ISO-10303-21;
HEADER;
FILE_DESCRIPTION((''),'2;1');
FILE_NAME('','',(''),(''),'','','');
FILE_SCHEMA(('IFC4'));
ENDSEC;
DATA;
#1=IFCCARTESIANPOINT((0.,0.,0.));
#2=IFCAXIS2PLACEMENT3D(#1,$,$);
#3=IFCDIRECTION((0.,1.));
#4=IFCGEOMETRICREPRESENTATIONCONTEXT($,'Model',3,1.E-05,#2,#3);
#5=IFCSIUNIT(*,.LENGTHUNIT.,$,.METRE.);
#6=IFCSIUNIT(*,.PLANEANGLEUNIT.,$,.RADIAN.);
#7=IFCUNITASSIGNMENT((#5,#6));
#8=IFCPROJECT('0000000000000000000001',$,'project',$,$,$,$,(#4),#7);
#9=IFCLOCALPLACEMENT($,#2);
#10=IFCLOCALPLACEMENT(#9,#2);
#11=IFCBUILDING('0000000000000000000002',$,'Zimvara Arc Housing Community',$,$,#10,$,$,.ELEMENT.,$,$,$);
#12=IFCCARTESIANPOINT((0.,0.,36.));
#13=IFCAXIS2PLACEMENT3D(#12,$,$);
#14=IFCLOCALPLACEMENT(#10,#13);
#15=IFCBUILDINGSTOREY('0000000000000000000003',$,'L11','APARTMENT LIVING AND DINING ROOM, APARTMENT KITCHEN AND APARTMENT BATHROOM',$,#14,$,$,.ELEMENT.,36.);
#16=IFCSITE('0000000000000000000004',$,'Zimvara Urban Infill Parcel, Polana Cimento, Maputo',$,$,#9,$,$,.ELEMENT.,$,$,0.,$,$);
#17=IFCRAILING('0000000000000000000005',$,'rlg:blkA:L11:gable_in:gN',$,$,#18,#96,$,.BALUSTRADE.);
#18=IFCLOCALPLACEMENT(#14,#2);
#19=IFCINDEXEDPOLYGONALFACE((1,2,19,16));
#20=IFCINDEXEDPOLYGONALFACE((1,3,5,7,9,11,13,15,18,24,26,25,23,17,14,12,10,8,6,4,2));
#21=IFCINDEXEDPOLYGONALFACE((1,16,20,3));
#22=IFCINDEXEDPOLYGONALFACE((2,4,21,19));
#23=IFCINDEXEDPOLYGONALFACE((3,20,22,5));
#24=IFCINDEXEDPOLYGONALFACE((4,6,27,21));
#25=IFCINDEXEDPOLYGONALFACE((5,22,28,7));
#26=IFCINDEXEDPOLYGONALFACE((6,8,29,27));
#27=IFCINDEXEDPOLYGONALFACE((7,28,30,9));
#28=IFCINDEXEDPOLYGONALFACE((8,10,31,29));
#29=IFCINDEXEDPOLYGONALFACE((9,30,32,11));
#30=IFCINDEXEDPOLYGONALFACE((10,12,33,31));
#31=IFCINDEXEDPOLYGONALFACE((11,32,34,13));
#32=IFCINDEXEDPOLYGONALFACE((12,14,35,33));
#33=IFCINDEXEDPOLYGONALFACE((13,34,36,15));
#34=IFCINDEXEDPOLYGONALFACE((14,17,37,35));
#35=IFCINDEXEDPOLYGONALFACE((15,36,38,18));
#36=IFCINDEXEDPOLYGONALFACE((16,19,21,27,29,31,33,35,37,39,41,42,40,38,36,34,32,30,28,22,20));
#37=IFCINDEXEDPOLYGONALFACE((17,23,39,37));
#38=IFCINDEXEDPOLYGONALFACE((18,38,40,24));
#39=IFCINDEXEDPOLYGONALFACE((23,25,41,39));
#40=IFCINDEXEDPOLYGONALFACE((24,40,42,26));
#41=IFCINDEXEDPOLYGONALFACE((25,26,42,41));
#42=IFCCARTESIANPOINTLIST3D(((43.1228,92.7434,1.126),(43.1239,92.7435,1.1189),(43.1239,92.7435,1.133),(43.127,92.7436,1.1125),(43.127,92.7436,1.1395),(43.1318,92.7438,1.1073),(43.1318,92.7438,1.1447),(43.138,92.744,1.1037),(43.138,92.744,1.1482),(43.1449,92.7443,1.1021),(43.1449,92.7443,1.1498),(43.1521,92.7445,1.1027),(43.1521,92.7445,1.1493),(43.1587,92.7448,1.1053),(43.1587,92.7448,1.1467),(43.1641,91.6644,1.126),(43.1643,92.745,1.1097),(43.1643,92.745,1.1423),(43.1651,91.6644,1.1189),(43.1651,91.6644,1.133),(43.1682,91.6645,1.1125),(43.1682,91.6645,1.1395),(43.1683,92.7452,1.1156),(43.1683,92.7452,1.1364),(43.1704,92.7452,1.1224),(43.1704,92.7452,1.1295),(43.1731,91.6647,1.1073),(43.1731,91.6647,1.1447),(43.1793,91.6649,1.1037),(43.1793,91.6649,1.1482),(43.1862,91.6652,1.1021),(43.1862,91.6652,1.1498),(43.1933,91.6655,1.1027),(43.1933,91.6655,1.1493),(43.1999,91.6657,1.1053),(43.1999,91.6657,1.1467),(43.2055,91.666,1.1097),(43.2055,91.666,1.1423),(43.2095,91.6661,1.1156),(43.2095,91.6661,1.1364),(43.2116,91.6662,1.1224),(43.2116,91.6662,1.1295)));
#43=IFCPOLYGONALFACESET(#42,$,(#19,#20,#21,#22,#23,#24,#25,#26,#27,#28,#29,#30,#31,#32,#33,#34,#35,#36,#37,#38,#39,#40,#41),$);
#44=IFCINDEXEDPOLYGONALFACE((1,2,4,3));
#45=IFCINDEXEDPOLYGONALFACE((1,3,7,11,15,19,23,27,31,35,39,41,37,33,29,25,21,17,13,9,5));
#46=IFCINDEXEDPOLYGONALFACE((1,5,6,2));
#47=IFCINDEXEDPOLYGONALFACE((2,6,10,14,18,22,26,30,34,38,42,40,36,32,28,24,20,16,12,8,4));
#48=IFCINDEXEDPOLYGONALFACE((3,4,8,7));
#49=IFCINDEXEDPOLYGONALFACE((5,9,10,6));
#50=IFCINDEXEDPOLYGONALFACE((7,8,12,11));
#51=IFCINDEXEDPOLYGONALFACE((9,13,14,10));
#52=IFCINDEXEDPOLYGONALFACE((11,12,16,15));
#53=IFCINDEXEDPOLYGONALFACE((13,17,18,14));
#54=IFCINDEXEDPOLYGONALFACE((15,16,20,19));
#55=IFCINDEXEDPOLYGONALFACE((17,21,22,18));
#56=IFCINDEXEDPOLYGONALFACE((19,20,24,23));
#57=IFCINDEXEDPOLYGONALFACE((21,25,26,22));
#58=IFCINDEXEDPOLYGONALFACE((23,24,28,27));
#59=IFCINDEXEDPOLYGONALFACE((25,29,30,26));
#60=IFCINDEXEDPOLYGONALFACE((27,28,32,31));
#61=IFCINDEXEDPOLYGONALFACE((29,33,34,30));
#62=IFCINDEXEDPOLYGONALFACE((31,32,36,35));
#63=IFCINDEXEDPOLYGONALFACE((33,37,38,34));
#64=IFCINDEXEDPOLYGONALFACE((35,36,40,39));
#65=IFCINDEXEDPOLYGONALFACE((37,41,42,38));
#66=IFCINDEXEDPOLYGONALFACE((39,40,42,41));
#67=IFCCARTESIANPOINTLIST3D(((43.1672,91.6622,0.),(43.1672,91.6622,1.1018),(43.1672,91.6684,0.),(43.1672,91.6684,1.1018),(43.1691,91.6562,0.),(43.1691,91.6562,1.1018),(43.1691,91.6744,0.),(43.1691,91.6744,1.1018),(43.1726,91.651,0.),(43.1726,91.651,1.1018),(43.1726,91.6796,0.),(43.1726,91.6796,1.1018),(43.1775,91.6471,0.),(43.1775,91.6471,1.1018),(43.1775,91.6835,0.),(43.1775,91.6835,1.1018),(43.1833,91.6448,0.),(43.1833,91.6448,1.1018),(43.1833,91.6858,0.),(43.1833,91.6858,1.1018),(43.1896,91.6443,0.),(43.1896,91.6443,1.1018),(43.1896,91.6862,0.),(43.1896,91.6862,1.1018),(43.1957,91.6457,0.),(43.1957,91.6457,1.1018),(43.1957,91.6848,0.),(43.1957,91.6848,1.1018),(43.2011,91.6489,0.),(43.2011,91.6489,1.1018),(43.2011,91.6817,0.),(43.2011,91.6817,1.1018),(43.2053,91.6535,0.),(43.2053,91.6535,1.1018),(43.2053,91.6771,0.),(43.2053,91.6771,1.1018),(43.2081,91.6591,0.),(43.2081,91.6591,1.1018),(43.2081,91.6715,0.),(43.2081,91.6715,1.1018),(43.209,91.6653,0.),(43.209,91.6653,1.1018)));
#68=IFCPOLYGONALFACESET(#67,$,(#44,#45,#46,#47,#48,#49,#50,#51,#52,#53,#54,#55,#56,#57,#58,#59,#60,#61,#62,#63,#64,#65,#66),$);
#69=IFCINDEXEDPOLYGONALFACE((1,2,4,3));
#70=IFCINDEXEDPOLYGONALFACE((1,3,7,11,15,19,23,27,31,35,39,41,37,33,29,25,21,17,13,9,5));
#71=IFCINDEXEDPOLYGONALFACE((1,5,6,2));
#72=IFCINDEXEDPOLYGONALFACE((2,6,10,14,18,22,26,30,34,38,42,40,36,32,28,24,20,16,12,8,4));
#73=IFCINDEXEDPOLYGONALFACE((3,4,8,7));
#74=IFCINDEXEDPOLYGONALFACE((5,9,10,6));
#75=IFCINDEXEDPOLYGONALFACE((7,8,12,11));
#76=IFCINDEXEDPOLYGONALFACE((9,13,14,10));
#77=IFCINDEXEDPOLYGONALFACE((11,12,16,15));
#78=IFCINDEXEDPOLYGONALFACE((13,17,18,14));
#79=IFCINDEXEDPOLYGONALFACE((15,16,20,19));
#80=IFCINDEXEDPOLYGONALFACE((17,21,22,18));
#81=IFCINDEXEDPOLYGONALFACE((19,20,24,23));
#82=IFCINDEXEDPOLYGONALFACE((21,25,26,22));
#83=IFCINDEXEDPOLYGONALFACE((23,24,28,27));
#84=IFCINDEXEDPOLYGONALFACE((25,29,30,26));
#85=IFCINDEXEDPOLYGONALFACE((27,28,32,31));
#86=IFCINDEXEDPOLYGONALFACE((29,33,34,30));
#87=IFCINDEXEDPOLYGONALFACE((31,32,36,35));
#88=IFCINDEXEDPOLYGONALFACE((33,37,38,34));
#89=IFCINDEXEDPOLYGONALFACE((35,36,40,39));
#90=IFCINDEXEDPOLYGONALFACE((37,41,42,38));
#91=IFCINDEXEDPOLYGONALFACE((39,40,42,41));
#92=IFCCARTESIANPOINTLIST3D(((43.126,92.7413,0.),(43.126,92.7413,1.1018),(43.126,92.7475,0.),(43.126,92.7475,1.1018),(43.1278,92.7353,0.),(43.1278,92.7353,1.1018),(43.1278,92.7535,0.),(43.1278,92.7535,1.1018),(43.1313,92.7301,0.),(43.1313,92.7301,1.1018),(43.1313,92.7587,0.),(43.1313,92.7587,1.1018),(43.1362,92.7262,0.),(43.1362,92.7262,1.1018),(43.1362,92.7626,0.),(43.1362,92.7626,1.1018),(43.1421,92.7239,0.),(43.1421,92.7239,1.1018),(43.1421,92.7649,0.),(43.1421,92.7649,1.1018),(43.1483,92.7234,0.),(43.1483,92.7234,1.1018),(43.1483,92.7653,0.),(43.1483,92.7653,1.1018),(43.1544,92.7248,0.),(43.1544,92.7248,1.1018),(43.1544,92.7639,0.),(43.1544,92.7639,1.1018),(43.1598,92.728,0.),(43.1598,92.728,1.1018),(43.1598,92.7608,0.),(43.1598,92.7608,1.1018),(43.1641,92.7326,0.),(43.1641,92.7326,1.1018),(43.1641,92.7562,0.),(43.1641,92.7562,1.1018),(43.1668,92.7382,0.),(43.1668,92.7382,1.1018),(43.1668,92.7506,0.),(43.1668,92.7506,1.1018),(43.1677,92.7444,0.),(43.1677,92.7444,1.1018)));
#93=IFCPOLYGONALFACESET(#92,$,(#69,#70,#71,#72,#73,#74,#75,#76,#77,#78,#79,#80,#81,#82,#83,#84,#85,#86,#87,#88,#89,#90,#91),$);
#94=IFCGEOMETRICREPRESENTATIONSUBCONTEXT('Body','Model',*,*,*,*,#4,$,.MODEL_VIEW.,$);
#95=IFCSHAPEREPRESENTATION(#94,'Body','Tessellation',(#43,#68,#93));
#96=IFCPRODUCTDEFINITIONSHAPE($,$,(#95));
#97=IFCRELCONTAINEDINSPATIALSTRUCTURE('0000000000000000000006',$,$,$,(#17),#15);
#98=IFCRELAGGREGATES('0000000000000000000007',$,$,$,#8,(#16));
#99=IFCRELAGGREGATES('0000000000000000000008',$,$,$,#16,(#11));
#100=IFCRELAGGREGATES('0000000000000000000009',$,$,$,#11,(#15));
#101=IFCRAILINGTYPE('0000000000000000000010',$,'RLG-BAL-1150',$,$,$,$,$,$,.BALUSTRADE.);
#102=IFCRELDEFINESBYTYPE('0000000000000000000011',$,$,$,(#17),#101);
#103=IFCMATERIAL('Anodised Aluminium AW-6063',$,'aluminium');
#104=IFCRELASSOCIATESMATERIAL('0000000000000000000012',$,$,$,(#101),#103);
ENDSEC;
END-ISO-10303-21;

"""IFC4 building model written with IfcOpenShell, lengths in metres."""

from ifc_helpers import new_model, si_unit, direction, frame, origin, origin_2d, place, context, subcontext, project, spatial, circle, extrude, material, type_object, element, save


model = new_model("IFC4")

# Units and contexts
model_context = context("Model", 3, precision=1e-05, world=origin(), true_north=direction((0.0, 1.0)))
body_context = subcontext(model_context, "Body", "Model", "MODEL_VIEW")
ifc_project = project(units=[si_unit("LENGTHUNIT", "METRE"), si_unit("PLANEANGLEUNIT", "RADIAN")], contexts=[model_context])

# Site, building, storey
site_placement = place(None, origin())
site = spatial("IfcSite", under=ifc_project, at=site_placement, Name="Zimvara Urban Infill Parcel, Polana Cimento, Maputo", CompositionType="ELEMENT", RefElevation=0.0)
building_placement = place(site_placement, origin())
building = spatial("IfcBuilding", under=site, at=building_placement, Name="Zimvara Arc Housing Community", CompositionType="ELEMENT")
storey_placement = place(building_placement, frame((0.0, 0.0, 36.0)))
storey = spatial("IfcBuildingStorey", under=building, at=storey_placement, Name="L11", Description="APARTMENT LIVING AND DINING ROOM, APARTMENT KITCHEN AND APARTMENT BATHROOM", CompositionType="ELEMENT", Elevation=36.0)

# Railing
ifc_material_1 = material(Name="Anodised Aluminium AW-6063", Category="aluminium")
railing_type_1 = type_object("IfcRailingType", Name="RLG-BAL-1150", PredefinedType="BALUSTRADE", material=ifc_material_1)
railing_1_placement = place(storey_placement, frame((43.188, 91.6653, 0.0)))
element("IfcRailing", 1, at=railing_1_placement, inside=storey, type_object=railing_type_1, Name="rlg:blkA:L11:gable_in:gN", PredefinedType="BALUSTRADE", context=body_context, shape_type="SweptSolid", body=[
    extrude(circle(Radius=0.0239, at=origin_2d()), frame((0.0, 0.0, 1.126), z_axis=(-0.038207, 0.99927, 0.0), x_axis=(-0.99927, -0.038207, 0.0)), (0.0, 0.0, 1.0), 1.0798),
    extrude(circle(Radius=0.021, at=origin_2d()), origin(), (0.0, 0.0, 1.0), 1.1018),
    extrude(circle(Radius=0.021, at=origin_2d()), frame((-0.0413, 1.0791, 0.0)), (0.0, 0.0, 1.0), 1.1018),
])

save(model, "model.ifc")
